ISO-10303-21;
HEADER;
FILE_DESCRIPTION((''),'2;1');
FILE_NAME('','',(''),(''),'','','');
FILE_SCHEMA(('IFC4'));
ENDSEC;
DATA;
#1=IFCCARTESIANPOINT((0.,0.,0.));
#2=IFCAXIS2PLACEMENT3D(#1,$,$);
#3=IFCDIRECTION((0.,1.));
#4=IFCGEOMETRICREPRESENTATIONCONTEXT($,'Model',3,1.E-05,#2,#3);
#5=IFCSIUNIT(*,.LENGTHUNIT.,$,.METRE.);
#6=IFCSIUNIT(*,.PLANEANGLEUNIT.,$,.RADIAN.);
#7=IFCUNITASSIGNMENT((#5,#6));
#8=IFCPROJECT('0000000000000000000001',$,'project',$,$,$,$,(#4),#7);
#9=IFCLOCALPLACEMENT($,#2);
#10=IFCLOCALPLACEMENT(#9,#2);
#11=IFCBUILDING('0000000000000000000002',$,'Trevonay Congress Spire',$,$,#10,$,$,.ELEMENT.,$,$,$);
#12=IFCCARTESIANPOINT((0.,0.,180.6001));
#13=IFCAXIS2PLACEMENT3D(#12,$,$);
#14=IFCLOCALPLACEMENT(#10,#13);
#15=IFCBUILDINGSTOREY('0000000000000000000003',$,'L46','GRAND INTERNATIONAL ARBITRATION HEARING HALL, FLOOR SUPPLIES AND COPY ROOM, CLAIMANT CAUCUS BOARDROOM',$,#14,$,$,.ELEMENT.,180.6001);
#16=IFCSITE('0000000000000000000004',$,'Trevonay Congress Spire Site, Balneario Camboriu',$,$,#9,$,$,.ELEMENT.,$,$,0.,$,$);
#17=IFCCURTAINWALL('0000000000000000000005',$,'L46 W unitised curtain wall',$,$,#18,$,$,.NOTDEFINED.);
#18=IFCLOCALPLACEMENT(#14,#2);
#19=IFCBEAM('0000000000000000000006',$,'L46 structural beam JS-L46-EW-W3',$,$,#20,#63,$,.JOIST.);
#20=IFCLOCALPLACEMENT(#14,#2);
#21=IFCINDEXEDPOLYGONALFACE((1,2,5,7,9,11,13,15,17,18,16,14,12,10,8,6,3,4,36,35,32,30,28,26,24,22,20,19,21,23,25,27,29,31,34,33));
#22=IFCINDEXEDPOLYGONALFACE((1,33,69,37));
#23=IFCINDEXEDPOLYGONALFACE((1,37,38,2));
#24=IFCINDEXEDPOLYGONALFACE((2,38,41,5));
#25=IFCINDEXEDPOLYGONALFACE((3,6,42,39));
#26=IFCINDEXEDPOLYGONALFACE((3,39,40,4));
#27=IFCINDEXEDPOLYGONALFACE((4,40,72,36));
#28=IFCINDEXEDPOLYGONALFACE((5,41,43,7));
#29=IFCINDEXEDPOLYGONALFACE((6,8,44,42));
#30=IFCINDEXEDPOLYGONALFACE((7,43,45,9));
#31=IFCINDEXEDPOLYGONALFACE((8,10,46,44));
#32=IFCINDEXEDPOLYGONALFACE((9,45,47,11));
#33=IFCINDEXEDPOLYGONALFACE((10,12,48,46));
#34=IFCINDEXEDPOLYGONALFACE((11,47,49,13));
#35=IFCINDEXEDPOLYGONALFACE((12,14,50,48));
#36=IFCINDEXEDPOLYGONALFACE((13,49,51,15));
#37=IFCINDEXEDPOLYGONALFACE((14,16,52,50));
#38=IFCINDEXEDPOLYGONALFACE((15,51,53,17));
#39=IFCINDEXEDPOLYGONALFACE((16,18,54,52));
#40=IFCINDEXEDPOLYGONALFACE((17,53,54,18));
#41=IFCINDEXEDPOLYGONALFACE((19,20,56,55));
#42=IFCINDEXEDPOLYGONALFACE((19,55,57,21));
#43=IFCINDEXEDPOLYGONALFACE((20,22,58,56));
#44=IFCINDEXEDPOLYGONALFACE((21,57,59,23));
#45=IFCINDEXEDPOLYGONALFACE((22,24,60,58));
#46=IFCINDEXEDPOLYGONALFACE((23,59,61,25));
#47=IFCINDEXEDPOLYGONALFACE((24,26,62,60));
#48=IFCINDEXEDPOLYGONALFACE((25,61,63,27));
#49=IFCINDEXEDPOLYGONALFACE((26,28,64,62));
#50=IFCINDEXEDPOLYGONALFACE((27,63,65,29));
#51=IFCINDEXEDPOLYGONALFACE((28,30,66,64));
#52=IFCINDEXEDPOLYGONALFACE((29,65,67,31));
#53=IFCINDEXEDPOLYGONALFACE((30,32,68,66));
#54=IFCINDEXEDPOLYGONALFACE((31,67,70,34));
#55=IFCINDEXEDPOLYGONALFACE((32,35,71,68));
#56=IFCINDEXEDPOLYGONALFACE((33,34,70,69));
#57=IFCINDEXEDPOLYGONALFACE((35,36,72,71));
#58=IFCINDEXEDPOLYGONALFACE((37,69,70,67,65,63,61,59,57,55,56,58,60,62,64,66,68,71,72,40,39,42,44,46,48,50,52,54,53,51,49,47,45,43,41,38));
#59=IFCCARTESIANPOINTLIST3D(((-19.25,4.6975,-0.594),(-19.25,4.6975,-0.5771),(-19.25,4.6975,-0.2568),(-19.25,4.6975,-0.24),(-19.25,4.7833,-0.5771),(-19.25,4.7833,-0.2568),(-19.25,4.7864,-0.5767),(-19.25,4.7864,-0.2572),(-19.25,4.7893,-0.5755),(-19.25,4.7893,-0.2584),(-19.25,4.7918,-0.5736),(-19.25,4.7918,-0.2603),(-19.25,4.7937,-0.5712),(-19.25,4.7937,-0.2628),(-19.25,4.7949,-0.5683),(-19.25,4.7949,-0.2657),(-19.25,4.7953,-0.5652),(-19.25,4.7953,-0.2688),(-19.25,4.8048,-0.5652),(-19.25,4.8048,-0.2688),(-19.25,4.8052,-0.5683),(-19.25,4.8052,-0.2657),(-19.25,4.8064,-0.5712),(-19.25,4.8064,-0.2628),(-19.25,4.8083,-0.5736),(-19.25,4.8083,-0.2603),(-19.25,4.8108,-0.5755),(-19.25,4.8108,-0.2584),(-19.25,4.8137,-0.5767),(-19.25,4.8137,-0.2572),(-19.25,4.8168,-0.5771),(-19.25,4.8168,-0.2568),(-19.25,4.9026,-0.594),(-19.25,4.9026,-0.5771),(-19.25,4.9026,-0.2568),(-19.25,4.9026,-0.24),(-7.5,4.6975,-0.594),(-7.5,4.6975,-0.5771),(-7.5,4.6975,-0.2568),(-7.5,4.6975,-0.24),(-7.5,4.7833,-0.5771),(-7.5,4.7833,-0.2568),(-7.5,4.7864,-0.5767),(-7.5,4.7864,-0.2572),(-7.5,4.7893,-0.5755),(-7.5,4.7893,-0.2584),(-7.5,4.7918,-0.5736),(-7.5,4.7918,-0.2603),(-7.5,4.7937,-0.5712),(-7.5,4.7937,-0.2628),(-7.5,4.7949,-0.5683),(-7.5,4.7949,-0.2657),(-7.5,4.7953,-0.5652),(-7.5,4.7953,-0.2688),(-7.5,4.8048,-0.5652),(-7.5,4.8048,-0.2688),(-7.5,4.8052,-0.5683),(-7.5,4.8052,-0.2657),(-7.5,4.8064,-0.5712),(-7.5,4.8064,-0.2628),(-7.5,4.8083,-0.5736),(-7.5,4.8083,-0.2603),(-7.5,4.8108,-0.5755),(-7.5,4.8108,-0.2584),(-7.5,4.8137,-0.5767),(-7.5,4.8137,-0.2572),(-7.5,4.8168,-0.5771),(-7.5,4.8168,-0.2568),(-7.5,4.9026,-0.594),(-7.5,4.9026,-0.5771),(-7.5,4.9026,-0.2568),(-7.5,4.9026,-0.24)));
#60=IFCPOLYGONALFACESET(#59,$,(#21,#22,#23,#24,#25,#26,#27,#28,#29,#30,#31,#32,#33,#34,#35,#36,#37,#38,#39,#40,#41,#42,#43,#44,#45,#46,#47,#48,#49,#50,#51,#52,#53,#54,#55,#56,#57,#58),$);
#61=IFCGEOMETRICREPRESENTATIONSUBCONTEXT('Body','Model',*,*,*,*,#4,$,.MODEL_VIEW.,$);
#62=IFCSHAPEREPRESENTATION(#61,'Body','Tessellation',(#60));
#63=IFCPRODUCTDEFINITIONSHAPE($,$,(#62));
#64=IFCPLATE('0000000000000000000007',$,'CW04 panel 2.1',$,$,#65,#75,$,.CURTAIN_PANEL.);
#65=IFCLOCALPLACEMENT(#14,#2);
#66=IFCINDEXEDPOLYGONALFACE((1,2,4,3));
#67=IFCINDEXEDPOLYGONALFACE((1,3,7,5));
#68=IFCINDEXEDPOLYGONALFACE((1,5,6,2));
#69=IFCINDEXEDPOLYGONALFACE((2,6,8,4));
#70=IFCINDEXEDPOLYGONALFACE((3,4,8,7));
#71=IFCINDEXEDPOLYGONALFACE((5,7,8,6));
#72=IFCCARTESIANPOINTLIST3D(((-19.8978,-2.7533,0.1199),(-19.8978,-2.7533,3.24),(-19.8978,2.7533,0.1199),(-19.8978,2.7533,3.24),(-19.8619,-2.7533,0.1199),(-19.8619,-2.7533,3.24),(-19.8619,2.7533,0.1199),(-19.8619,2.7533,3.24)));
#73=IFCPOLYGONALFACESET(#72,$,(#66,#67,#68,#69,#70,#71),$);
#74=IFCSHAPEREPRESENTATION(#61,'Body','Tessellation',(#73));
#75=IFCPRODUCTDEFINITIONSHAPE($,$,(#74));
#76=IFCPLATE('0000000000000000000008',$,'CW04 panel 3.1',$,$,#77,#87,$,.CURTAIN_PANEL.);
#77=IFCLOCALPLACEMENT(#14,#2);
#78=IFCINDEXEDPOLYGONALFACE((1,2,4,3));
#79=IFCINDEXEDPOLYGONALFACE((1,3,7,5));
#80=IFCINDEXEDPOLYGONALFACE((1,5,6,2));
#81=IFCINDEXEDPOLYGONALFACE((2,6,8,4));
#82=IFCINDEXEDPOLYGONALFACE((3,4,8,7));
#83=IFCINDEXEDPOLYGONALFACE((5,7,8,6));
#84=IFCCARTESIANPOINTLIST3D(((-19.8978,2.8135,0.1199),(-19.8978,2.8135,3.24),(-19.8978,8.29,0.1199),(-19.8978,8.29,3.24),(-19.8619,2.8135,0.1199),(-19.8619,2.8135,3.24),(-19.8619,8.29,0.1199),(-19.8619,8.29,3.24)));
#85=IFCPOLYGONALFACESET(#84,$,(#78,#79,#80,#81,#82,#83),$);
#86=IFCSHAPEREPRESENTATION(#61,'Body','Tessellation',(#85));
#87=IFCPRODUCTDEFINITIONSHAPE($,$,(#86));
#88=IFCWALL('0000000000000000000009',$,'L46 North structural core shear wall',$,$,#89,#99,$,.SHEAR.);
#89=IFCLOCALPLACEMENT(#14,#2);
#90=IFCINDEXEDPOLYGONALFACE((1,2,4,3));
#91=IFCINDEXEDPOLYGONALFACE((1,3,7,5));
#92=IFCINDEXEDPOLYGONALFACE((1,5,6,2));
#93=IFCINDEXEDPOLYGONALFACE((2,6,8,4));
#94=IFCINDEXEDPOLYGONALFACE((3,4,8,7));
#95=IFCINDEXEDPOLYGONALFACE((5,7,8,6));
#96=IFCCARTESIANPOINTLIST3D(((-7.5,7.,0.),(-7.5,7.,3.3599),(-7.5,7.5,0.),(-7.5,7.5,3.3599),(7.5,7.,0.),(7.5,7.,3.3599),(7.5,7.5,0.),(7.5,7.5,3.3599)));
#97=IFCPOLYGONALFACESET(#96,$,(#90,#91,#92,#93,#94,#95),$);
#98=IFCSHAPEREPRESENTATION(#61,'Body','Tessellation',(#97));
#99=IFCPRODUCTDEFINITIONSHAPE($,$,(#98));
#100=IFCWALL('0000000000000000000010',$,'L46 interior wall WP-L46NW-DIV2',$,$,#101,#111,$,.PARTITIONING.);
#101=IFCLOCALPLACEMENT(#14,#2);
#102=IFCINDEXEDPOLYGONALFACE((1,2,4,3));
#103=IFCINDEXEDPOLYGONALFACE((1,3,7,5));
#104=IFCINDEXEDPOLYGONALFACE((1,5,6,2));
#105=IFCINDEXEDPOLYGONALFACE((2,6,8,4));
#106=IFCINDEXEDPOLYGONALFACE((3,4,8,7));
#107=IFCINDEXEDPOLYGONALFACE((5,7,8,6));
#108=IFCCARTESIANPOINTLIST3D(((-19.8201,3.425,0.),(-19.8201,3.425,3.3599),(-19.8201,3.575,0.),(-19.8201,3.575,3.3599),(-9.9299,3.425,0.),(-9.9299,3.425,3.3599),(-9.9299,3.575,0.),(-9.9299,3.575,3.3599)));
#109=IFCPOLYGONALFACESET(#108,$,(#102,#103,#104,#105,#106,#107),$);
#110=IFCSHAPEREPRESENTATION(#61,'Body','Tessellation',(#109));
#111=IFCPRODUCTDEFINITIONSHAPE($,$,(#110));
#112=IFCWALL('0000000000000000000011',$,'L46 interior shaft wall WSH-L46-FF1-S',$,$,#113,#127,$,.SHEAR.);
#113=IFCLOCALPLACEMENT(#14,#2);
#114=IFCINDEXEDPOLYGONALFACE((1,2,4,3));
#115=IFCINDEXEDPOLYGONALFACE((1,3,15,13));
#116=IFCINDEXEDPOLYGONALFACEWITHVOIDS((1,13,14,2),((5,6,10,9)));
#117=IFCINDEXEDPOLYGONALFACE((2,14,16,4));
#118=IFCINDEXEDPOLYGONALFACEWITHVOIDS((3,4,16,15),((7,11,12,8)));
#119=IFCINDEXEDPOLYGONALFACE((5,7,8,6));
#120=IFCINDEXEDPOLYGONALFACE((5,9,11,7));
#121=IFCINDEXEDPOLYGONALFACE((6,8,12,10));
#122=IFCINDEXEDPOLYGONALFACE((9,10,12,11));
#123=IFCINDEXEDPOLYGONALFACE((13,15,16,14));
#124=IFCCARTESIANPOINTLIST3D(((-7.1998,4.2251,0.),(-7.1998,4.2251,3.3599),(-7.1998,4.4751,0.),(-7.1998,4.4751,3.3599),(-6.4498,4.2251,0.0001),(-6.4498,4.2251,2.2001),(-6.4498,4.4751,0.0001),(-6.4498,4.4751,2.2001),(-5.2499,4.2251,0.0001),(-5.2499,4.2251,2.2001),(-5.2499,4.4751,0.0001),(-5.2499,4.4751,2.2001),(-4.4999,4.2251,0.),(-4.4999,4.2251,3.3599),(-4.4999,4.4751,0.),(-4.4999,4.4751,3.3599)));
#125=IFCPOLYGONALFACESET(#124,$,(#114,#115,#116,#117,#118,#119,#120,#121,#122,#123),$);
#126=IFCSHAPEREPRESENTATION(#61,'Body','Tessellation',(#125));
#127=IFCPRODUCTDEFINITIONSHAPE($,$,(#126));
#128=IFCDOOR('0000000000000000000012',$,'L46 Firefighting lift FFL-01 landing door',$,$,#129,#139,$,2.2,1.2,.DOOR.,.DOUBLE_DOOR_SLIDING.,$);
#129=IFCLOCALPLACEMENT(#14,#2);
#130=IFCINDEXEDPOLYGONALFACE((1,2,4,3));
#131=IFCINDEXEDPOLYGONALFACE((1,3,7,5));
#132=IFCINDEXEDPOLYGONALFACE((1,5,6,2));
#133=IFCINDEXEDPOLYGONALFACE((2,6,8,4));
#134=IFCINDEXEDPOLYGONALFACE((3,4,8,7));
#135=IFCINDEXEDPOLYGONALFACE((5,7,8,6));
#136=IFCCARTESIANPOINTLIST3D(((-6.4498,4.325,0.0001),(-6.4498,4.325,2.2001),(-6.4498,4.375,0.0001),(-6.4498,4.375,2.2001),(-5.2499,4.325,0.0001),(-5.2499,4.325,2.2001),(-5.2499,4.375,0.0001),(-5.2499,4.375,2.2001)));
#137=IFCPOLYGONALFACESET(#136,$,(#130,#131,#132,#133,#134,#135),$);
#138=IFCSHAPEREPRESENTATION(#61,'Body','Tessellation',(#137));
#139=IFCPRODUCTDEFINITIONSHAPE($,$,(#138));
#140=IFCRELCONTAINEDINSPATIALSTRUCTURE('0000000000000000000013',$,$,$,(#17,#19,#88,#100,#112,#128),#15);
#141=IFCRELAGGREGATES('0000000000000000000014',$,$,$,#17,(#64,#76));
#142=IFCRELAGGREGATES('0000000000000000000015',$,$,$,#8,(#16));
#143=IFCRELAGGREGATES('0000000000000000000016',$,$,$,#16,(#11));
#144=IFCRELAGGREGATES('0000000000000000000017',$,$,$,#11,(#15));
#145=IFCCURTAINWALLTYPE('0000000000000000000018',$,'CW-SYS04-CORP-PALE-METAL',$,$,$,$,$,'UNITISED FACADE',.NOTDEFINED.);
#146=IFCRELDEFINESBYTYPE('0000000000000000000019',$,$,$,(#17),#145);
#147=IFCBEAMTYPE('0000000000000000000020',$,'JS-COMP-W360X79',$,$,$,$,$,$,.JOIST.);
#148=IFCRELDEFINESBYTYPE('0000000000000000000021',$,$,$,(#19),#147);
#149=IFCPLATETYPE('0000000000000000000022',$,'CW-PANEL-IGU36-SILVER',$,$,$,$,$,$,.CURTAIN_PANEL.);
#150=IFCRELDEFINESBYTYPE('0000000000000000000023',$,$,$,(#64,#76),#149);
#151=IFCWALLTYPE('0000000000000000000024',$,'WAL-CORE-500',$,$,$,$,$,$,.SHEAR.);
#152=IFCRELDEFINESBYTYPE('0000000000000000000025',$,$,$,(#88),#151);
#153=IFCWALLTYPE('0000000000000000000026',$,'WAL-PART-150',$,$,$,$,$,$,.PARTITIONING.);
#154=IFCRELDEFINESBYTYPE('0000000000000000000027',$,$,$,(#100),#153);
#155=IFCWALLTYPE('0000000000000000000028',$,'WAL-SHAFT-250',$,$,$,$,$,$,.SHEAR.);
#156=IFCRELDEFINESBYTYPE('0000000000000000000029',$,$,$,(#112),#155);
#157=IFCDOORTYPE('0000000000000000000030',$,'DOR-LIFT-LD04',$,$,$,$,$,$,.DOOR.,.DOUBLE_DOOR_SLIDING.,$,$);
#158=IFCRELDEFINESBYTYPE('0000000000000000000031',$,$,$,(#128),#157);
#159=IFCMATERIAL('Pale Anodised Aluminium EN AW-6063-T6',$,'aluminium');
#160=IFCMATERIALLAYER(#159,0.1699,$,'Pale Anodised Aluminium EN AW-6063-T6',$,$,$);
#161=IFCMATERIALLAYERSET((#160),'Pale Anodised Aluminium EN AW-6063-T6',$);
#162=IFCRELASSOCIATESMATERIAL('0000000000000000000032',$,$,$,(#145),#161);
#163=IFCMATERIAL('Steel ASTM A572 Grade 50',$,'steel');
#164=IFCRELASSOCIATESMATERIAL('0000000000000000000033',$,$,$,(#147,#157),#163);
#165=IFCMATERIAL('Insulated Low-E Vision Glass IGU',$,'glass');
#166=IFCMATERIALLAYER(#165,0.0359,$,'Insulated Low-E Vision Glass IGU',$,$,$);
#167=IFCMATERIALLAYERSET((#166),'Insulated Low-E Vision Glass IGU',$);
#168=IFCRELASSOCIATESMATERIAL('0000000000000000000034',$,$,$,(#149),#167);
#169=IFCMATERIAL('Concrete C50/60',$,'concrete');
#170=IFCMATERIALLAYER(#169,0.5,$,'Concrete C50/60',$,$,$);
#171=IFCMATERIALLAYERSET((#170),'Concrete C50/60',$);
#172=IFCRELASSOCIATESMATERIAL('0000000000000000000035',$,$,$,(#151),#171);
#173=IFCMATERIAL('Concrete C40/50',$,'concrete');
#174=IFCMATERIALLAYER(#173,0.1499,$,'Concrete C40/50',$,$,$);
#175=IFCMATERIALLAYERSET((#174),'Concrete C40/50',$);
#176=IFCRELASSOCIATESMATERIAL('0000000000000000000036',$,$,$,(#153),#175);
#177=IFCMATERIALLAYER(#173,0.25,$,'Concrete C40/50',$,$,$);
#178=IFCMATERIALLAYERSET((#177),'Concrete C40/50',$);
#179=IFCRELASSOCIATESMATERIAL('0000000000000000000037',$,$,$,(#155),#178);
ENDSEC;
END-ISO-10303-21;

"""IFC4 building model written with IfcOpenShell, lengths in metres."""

from ifc_helpers import new_model, si_unit, direction, frame, frame_2d, origin, origin_2d, place, context, subcontext, project, spatial, rectangle, i_section, extrude, material, layer, layer_set, material_profile, profile_set, type_object, element, fill, aggregate, save


model = new_model("IFC4")

# Units and contexts
model_context = context("Model", 3, precision=1e-05, world=origin(), true_north=direction((0.0, 1.0)))
body_context = subcontext(model_context, "Body", "Model", "MODEL_VIEW")
ifc_project = project(units=[si_unit("LENGTHUNIT", "METRE"), si_unit("PLANEANGLEUNIT", "RADIAN")], contexts=[model_context])

# Site, building, storey
site_placement = place(None, origin())
site = spatial("IfcSite", under=ifc_project, at=site_placement, Name="Trevonay Congress Spire Site, Balneario Camboriu", CompositionType="ELEMENT", RefElevation=0.0)
building_placement = place(site_placement, origin())
building = spatial("IfcBuilding", under=site, at=building_placement, Name="Trevonay Congress Spire", CompositionType="ELEMENT")
storey_placement = place(building_placement, frame((0.0, 0.0, 180.6001)))
storey = spatial("IfcBuildingStorey", under=building, at=storey_placement, Name="L46", Description="GRAND INTERNATIONAL ARBITRATION HEARING HALL, FLOOR SUPPLIES AND COPY ROOM, CLAIMANT CAUCUS BOARDROOM", CompositionType="ELEMENT", Elevation=180.6001)

# Shared definitions
ifc_material_1 = material(Name="Steel ASTM A572 Grade 50", Category="steel")

# Curtain wall
ifc_material_2 = material(Name="Pale Anodised Aluminium EN AW-6063-T6", Category="aluminium")
ifc_layer_1 = layer(ifc_material_2, 0.1699, Name="Pale Anodised Aluminium EN AW-6063-T6")
ifc_layer_set_1 = layer_set([ifc_layer_1], Name="Pale Anodised Aluminium EN AW-6063-T6")
curtain_wall_type = type_object("IfcCurtainWallType", Name="CW-SYS04-CORP-PALE-METAL", ElementType="UNITISED FACADE", PredefinedType="NOTDEFINED", material=ifc_layer_set_1)
curtain_wall_placement = place(storey_placement, origin())
curtain_wall = element("IfcCurtainWall", 1, at=curtain_wall_placement, inside=storey, type_object=curtain_wall_type, Name="L46 W unitised curtain wall", PredefinedType="NOTDEFINED")

# Beam
ifc_material_profile_1 = material_profile(ifc_material_1, i_section(OverallWidth=0.2051, OverallDepth=0.354, WebThickness=0.0095, FlangeThickness=0.0168, FilletRadius=0.012, at=origin_2d()), Name="W360x79")
ifc_profile_set_1 = profile_set([ifc_material_profile_1], Name="Steel ASTM A572 Grade 50")
beam_type_1 = type_object("IfcBeamType", Name="JS-COMP-W360X79", PredefinedType="JOIST", material=ifc_profile_set_1)
for number, where, z_axis, x_axis, name in (
    (2, (-19.25, 4.8, -0.417), (1.0, 0.0, 0.0), (0.0, 1.0, 0.0), "L46 structural beam JS-L46-EW-W3"),
):
    element("IfcBeam", number, at=place(storey_placement, frame(where, z_axis=z_axis, x_axis=x_axis)), inside=storey, type_object=beam_type_1, Name=name, PredefinedType="JOIST", context=body_context, shape_type="SweptSolid", body=[
        extrude(i_section(OverallWidth=0.2051, OverallDepth=0.354, WebThickness=0.0095, FlangeThickness=0.0168, FilletRadius=0.012, at=origin_2d()), origin(), (0.0, 0.0, 1.0), 11.75),
    ])

# Plates
ifc_material_3 = material(Name="Insulated Low-E Vision Glass IGU", Category="glass")
ifc_layer_2 = layer(ifc_material_3, 0.0359, Name="Insulated Low-E Vision Glass IGU")
ifc_layer_set_2 = layer_set([ifc_layer_2], Name="Insulated Low-E Vision Glass IGU")
plate_type = type_object("IfcPlateType", Name="CW-PANEL-IGU36-SILVER", PredefinedType="CURTAIN_PANEL", material=ifc_layer_set_2)
plate_1_placement = place(storey_placement, frame((-19.8799, 0.0, 0.1199), z_axis=(0.0, 0.0, 1.0), x_axis=(0.0, 1.0, 0.0)))
plate_1 = element("IfcPlate", 3, at=plate_1_placement, type_object=plate_type, Name="CW04 panel 2.1", PredefinedType="CURTAIN_PANEL", context=body_context, shape_type="SweptSolid", body=[
    extrude(rectangle(XDim=5.5066, YDim=0.0359, at=origin_2d()), origin(), (0.0, 0.0, 1.0), 3.1201),
])
plate_2_placement = place(storey_placement, frame((-19.8799, 5.5518, 0.1199), z_axis=(0.0, 0.0, 1.0), x_axis=(0.0, 1.0, 0.0)))
plate_2 = element("IfcPlate", 4, at=plate_2_placement, type_object=plate_type, Name="CW04 panel 3.1", PredefinedType="CURTAIN_PANEL", context=body_context, shape_type="SweptSolid", body=[
    extrude(rectangle(XDim=5.4766, YDim=0.0359, at=origin_2d()), origin(), (0.0, 0.0, 1.0), 3.1201),
])
aggregate(curtain_wall, [plate_1, plate_2])

# Walls
ifc_material_4 = material(Name="Concrete C50/60", Category="concrete")
ifc_layer_3 = layer(ifc_material_4, 0.5, Name="Concrete C50/60")
ifc_layer_set_3 = layer_set([ifc_layer_3], Name="Concrete C50/60")
wall_type_1 = type_object("IfcWallType", Name="WAL-CORE-500", PredefinedType="SHEAR", material=ifc_layer_set_3)
wall_1_placement = place(storey_placement, frame((-7.5, 7.25, 0.0), z_axis=(0.0, 0.0, 1.0), x_axis=(1.0, 0.0, 0.0)))
element("IfcWall", 5, at=wall_1_placement, inside=storey, type_object=wall_type_1, Name="L46 North structural core shear wall", PredefinedType="SHEAR", context=body_context, shape_type="SweptSolid", body=[
    extrude(rectangle(XDim=15.0, YDim=0.5, at=frame_2d((7.5, 0.0))), origin(), (0.0, 0.0, 1.0), 3.3599),
])
ifc_material_5 = material(Name="Concrete C40/50", Category="concrete")
ifc_layer_4 = layer(ifc_material_5, 0.1499, Name="Concrete C40/50")
ifc_layer_set_4 = layer_set([ifc_layer_4], Name="Concrete C40/50")
wall_type_2 = type_object("IfcWallType", Name="WAL-PART-150", PredefinedType="PARTITIONING", material=ifc_layer_set_4)
wall_2_placement = place(storey_placement, frame((-19.8201, 3.5, 0.0), z_axis=(0.0, 0.0, 1.0), x_axis=(1.0, 0.0, 0.0)))
element("IfcWall", 6, at=wall_2_placement, inside=storey, type_object=wall_type_2, Name="L46 interior wall WP-L46NW-DIV2", PredefinedType="PARTITIONING", context=body_context, shape_type="SweptSolid", body=[
    extrude(rectangle(XDim=9.8901, YDim=0.1499, at=frame_2d((4.9451, 0.0))), origin(), (0.0, 0.0, 1.0), 3.3599),
])

# Wall, opening, door
ifc_layer_5 = layer(ifc_material_5, 0.25, Name="Concrete C40/50")
ifc_layer_set_5 = layer_set([ifc_layer_5], Name="Concrete C40/50")
wall_type_3 = type_object("IfcWallType", Name="WAL-SHAFT-250", PredefinedType="SHEAR", material=ifc_layer_set_5)
wall_3_placement = place(storey_placement, frame((-7.2, 4.3501, 0.0), z_axis=(0.0, 0.0, 1.0), x_axis=(1.0, 0.0, 0.0)))
wall_3 = element("IfcWall", 7, at=wall_3_placement, inside=storey, type_object=wall_type_3, Name="L46 interior shaft wall WSH-L46-FF1-S", PredefinedType="SHEAR", context=body_context, shape_type="SweptSolid", body=[
    extrude(rectangle(XDim=2.7, YDim=0.25, at=frame_2d((1.3501, 0.0))), origin(), (0.0, 0.0, 1.0), 3.3599),
])
opening_placement = place(wall_3_placement, frame((0.75, 0.0, 0.0)))
opening = element("IfcOpeningElement", 8, at=opening_placement, cuts=wall_3, PredefinedType="OPENING", context=body_context, shape_type="SweptSolid", body=[
    extrude(rectangle(XDim=1.2, YDim=2.2, at=frame_2d((0.6001, 1.1001))), frame((0.0, 0.135, 0.0), z_axis=(0.0, -1.0, 0.0), x_axis=(1.0, 0.0, 0.0)), (0.0, 0.0, 1.0), 0.27),
])
door_type = type_object("IfcDoorType", Name="DOR-LIFT-LD04", OperationType="DOUBLE_DOOR_SLIDING", PredefinedType="DOOR", material=ifc_material_1)
door_placement = place(opening_placement, origin())
door = element("IfcDoor", 9, at=door_placement, inside=storey, type_object=door_type, Name="L46 Firefighting lift FFL-01 landing door", OperationType="DOUBLE_DOOR_SLIDING", OverallHeight=2.2, OverallWidth=1.2, PredefinedType="DOOR", context=body_context, shape_type="SweptSolid", body=[
    extrude(rectangle(XDim=1.2, YDim=2.2, at=frame_2d((0.6001, 1.1001))), frame((0.0, 0.0249, 0.0), z_axis=(0.0, -1.0, 0.0), x_axis=(1.0, 0.0, 0.0)), (0.0, 0.0, 1.0), 0.05),
])
fill(opening, door)

save(model, "model.ifc")
